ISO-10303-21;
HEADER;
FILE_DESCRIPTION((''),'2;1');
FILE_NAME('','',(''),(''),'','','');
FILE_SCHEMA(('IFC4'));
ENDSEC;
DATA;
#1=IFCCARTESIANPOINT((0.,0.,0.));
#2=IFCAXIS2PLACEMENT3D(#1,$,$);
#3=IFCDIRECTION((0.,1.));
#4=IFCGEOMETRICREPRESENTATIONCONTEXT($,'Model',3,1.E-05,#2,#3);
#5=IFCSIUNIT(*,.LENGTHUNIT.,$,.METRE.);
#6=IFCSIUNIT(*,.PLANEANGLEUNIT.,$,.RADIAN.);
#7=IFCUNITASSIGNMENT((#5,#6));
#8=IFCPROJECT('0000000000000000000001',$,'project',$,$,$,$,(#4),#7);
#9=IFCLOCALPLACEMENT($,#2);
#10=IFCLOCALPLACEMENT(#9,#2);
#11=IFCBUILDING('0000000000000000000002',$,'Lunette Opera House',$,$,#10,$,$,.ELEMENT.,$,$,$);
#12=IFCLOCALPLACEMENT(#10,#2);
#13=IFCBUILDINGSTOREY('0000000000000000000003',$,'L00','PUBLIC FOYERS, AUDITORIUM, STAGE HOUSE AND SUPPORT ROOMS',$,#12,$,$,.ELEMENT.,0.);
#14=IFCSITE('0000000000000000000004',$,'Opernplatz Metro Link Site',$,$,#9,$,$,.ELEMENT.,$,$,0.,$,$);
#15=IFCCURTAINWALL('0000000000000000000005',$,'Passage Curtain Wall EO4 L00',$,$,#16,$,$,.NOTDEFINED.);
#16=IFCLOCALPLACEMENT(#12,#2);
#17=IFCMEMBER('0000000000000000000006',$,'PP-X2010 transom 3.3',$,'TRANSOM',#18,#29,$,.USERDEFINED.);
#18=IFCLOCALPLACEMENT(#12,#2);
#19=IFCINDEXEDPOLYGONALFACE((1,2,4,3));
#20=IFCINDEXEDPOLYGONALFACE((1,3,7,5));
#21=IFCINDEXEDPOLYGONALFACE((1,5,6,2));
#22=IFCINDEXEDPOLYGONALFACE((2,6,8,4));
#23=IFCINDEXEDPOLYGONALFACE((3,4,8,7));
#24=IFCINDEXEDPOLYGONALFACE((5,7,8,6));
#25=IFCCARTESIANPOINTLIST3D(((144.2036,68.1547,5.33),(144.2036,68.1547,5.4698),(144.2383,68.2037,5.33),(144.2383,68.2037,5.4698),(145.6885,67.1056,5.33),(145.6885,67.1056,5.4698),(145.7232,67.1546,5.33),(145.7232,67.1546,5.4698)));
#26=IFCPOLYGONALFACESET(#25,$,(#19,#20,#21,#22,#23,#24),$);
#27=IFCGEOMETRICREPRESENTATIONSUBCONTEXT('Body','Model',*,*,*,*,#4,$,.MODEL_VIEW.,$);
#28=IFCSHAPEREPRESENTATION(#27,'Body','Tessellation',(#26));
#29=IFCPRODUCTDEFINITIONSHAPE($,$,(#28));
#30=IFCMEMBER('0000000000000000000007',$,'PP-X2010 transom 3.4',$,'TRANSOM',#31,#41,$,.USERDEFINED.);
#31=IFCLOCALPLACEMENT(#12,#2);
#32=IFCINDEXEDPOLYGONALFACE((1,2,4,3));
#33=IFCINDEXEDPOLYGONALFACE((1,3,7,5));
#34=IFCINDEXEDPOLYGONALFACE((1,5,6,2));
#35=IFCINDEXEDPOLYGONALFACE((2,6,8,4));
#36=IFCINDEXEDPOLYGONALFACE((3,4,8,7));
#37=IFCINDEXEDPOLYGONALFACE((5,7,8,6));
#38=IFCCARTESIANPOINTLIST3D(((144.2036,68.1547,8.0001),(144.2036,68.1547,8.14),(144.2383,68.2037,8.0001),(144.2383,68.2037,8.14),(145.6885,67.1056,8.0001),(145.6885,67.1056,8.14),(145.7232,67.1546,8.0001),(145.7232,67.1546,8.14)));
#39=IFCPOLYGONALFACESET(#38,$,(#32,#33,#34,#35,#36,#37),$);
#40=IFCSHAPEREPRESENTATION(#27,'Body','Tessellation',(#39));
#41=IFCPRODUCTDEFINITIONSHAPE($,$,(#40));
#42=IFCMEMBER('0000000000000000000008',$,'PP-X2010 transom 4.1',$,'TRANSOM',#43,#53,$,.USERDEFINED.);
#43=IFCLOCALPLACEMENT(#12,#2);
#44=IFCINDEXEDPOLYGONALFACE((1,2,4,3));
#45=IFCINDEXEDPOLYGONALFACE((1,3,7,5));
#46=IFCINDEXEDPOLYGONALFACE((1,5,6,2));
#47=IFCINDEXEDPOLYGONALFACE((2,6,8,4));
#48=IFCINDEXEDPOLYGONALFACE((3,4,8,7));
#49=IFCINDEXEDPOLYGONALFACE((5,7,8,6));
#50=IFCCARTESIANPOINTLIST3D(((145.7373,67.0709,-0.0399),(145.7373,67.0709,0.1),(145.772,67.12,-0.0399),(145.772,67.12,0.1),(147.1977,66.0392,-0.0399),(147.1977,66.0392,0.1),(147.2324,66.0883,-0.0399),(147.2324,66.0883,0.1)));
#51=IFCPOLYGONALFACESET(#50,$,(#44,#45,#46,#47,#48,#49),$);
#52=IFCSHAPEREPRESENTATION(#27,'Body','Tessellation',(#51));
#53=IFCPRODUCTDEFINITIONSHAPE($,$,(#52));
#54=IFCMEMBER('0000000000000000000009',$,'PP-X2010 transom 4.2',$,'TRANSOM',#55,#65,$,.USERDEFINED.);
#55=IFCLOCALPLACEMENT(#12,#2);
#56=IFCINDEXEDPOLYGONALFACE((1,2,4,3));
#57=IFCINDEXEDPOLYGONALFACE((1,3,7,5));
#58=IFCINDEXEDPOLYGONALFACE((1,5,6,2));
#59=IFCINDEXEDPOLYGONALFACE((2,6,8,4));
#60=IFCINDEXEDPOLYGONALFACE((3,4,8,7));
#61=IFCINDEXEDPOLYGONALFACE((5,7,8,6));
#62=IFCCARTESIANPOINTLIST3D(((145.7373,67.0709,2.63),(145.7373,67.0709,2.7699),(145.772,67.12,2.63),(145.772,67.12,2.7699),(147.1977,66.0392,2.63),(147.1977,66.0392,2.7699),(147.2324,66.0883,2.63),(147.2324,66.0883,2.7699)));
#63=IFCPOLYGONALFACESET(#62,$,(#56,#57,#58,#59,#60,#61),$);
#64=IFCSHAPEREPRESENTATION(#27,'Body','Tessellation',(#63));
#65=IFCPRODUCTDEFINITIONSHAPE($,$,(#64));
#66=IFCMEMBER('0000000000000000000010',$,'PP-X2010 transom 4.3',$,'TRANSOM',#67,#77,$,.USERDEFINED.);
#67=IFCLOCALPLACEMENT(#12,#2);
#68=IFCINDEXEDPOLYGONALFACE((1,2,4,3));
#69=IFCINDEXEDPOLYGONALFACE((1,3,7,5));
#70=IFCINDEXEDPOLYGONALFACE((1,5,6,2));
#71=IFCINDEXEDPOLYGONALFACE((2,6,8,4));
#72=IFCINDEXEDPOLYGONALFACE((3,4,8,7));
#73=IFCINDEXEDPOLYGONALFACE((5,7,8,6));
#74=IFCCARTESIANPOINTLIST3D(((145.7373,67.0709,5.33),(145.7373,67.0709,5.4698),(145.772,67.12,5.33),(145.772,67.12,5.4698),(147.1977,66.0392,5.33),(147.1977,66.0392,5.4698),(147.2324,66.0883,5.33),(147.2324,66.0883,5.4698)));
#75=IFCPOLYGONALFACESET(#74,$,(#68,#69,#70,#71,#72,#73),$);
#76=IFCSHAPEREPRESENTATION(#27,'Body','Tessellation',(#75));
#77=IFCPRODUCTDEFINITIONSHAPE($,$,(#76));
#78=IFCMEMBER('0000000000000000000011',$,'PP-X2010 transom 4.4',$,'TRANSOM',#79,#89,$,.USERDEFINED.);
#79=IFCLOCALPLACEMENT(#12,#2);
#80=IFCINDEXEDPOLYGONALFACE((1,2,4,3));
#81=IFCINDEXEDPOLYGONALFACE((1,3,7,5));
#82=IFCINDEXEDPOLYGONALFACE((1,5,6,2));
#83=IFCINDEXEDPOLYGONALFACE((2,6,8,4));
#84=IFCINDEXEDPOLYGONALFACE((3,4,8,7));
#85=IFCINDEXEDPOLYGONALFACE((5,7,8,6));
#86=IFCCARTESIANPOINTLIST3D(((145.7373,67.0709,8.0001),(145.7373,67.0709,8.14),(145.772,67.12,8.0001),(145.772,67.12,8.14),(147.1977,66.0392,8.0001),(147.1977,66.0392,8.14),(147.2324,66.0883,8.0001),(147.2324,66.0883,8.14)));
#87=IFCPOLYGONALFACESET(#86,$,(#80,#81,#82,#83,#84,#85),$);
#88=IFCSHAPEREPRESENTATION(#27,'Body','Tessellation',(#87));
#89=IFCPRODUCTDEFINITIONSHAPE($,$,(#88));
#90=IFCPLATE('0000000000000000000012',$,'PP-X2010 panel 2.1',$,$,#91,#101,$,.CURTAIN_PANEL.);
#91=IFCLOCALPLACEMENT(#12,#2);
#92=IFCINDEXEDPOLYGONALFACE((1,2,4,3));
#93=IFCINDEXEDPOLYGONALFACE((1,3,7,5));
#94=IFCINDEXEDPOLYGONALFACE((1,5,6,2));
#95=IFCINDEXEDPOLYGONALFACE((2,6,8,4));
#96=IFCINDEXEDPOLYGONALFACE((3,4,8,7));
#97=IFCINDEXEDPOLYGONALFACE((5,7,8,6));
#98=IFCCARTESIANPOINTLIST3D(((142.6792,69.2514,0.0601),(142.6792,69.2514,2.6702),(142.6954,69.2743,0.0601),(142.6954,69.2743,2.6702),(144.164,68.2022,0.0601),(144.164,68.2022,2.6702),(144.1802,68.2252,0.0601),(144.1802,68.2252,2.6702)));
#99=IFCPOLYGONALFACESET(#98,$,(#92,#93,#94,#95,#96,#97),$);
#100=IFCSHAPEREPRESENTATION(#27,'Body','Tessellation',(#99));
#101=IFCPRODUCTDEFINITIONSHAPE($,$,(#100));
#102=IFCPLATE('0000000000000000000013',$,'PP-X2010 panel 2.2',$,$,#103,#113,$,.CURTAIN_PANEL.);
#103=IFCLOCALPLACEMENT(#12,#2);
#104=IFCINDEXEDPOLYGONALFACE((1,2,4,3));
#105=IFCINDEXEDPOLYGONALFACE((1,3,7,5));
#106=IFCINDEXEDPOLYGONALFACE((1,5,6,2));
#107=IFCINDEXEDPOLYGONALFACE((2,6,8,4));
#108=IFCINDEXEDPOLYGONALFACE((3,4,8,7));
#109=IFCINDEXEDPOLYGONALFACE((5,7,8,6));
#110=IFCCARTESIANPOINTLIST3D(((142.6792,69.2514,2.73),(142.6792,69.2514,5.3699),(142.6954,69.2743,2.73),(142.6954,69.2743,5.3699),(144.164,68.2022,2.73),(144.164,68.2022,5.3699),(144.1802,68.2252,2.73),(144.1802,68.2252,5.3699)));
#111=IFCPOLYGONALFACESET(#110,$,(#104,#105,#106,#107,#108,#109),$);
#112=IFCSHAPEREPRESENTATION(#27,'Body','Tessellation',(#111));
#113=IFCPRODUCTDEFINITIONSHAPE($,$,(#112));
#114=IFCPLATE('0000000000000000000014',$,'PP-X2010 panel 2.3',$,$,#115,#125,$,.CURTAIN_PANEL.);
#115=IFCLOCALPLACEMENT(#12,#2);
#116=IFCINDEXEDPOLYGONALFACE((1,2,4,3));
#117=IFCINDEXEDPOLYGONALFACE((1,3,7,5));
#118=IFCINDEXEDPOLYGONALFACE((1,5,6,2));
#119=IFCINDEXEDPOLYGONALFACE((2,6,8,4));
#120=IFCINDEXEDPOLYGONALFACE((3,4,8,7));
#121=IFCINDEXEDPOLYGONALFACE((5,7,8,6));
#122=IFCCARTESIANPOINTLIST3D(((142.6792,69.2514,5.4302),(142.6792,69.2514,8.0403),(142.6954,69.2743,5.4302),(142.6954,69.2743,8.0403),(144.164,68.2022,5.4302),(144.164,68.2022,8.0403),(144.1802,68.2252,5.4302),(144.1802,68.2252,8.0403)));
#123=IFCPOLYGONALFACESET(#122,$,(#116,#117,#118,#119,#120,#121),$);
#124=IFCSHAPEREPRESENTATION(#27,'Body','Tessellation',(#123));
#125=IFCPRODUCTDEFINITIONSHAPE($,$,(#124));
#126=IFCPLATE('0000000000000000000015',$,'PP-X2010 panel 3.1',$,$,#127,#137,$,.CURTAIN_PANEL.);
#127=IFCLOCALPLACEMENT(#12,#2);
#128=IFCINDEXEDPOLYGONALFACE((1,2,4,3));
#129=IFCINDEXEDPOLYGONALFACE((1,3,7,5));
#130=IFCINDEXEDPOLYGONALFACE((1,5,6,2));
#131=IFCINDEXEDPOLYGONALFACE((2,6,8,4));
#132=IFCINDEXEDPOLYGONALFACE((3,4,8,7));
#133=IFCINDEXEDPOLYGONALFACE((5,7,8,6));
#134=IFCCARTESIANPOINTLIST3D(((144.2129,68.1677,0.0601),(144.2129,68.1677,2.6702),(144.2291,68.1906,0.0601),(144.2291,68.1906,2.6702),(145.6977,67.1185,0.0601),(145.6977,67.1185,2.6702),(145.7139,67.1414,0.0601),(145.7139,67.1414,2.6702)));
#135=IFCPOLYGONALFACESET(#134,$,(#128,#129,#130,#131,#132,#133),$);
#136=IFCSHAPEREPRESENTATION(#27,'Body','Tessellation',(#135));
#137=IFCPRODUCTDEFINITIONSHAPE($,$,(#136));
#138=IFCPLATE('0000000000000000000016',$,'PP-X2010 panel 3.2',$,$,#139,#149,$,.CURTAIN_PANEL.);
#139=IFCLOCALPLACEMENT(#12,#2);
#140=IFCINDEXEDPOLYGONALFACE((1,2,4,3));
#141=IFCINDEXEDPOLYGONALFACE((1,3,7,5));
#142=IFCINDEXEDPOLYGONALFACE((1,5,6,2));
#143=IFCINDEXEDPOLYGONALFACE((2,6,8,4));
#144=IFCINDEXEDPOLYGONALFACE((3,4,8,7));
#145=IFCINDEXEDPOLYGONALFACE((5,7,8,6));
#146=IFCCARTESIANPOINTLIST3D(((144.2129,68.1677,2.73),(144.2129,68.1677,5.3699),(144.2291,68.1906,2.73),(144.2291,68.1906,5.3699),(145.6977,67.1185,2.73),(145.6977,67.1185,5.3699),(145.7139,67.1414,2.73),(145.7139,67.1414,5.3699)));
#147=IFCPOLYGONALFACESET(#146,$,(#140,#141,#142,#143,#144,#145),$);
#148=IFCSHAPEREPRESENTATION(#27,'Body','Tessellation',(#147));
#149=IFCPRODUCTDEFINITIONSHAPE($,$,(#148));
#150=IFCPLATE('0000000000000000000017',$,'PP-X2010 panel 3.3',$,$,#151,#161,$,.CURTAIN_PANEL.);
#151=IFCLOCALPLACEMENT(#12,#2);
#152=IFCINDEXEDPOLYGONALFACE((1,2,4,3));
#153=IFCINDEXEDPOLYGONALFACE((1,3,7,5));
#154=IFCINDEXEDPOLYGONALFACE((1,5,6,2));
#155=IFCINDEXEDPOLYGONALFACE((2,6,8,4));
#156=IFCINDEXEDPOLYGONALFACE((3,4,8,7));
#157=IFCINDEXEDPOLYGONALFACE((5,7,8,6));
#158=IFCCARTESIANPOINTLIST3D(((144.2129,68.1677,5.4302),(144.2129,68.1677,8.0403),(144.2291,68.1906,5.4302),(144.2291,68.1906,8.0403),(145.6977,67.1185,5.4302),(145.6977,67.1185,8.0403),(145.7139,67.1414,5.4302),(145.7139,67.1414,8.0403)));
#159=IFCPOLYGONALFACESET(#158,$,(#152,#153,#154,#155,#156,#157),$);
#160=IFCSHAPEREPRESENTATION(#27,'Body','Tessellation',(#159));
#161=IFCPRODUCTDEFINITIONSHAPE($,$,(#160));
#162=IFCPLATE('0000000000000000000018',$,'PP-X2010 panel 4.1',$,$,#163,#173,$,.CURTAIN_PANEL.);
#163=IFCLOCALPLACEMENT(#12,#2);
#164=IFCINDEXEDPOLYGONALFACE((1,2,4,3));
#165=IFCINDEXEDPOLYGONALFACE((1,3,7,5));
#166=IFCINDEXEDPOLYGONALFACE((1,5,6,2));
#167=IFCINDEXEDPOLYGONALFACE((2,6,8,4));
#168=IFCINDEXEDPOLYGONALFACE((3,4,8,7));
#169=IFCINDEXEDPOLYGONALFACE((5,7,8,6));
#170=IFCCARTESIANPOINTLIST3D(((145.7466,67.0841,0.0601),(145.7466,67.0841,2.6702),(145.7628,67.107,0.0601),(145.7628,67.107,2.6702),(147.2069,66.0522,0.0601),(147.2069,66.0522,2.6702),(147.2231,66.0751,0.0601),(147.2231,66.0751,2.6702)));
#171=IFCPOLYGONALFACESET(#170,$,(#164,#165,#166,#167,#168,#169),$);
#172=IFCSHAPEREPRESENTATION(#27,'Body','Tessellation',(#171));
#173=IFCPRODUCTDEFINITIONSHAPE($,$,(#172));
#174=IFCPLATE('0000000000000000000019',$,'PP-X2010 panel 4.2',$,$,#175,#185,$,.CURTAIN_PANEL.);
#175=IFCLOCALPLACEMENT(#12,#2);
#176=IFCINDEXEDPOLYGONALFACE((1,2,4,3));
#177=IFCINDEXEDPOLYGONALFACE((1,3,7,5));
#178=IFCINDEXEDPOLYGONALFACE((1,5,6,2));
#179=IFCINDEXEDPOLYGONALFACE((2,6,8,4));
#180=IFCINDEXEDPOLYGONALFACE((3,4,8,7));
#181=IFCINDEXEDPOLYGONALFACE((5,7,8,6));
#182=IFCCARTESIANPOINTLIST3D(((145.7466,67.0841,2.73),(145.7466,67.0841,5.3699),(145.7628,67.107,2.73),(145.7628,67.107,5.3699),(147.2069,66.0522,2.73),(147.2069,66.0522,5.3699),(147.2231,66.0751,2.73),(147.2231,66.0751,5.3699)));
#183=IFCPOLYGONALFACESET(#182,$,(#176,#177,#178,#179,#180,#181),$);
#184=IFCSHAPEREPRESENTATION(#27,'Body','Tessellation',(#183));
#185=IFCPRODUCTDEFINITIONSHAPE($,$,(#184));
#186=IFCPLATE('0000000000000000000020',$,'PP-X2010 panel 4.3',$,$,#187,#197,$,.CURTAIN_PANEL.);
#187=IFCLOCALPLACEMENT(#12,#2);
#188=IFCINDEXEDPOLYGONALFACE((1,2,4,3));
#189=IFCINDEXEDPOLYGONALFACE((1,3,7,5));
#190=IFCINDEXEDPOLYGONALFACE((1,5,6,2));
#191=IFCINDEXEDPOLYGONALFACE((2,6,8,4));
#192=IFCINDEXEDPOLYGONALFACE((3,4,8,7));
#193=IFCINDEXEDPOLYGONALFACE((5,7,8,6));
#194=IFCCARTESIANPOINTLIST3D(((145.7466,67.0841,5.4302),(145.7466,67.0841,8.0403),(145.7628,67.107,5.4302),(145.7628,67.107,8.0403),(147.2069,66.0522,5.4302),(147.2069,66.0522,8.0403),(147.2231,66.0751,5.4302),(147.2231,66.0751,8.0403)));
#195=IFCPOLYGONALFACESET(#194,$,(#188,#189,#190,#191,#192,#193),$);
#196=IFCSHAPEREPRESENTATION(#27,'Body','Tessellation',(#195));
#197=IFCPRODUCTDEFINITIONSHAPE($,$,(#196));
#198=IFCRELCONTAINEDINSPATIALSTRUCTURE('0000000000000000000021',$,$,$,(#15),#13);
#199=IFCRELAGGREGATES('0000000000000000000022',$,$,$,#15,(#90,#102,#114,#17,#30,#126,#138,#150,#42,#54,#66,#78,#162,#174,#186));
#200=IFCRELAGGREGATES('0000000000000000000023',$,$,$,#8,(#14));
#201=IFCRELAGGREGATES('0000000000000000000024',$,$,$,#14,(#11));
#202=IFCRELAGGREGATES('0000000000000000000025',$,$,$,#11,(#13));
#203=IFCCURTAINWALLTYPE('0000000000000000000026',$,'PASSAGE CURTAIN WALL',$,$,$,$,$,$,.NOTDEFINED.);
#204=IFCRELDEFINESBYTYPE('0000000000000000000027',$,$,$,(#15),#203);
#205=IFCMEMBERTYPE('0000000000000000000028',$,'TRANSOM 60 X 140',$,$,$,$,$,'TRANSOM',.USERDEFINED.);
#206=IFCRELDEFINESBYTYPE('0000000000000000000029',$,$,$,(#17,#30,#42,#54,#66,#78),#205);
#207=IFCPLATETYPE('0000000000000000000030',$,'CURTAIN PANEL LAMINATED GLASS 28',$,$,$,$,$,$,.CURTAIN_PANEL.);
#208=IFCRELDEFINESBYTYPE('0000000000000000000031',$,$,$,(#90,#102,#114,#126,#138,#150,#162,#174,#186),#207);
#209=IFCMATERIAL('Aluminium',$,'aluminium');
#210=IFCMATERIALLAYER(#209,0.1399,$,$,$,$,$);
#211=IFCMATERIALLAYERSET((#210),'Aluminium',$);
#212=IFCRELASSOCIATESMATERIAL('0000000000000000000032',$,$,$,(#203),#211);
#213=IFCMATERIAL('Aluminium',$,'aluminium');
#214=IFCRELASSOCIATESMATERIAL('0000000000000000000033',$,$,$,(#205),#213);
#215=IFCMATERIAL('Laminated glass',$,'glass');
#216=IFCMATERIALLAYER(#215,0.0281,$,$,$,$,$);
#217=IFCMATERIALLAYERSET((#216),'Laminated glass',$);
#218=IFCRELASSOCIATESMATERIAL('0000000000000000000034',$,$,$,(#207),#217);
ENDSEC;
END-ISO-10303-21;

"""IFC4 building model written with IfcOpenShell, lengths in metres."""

from ifc_helpers import new_model, si_unit, direction, frame, origin, origin_2d, place, context, subcontext, project, spatial, rectangle, extrude, material, layer, layer_set, material_profile, profile_set, type_object, element, aggregate, save


model = new_model("IFC4")

# Units and contexts
model_context = context("Model", 3, precision=1e-05, world=origin(), true_north=direction((0.0, 1.0)))
body_context = subcontext(model_context, "Body", "Model", "MODEL_VIEW")
ifc_project = project(units=[si_unit("LENGTHUNIT", "METRE"), si_unit("PLANEANGLEUNIT", "RADIAN")], contexts=[model_context])

# Site, building, storey
site_placement = place(None, origin())
site = spatial("IfcSite", under=ifc_project, at=site_placement, Name="Opernplatz Metro Link Site", CompositionType="ELEMENT", RefElevation=0.0)
building_placement = place(site_placement, origin())
building = spatial("IfcBuilding", under=site, at=building_placement, Name="Lunette Opera House", CompositionType="ELEMENT")
storey_placement = place(building_placement, origin())
storey = spatial("IfcBuildingStorey", under=building, at=storey_placement, Name="L00", Description="PUBLIC FOYERS, AUDITORIUM, STAGE HOUSE AND SUPPORT ROOMS", CompositionType="ELEMENT", Elevation=0.0)

# Curtain wall
ifc_material_1 = material(Name="Aluminium", Category="aluminium")
ifc_layer_1 = layer(ifc_material_1, 0.1399)
ifc_layer_set_1 = layer_set([ifc_layer_1], Name="Aluminium")
curtain_wall_type = type_object("IfcCurtainWallType", Name="PASSAGE CURTAIN WALL", PredefinedType="NOTDEFINED", material=ifc_layer_set_1)
curtain_wall_placement = place(storey_placement, origin())
curtain_wall = element("IfcCurtainWall", 1, at=curtain_wall_placement, inside=storey, type_object=curtain_wall_type, Name="Passage Curtain Wall EO4 L00", PredefinedType="NOTDEFINED")

# Members
ifc_material_2 = material(Name="Aluminium", Category="aluminium")
ifc_material_profile_1 = material_profile(ifc_material_2, rectangle(XDim=0.0601, YDim=0.1399, at=origin_2d()), Name="TRANSOM 60 X 140")
ifc_profile_set_1 = profile_set([ifc_material_profile_1], Name="Aluminium")
member_type_1 = type_object("IfcMemberType", Name="TRANSOM 60 X 140", ElementType="TRANSOM", PredefinedType="USERDEFINED", material=ifc_profile_set_1)
member_1_placement = place(storey_placement, frame((144.2209, 68.1792, 5.3999), z_axis=(0.816726, -0.577026, 0.0), x_axis=(0.577026, 0.816726, 0.0)))
member_1 = element("IfcMember", 2, at=member_1_placement, type_object=member_type_1, Name="PP-X2010 transom 3.3", ObjectType="TRANSOM", PredefinedType="USERDEFINED", context=body_context, shape_type="SweptSolid", body=[
    extrude(rectangle(XDim=0.0601, YDim=0.1399, at=origin_2d()), origin(), (0.0, 0.0, 1.0), 1.8181),
])
member_2_placement = place(storey_placement, frame((144.2209, 68.1792, 8.0701), z_axis=(0.816726, -0.577026, 0.0), x_axis=(0.577026, 0.816726, 0.0)))
member_2 = element("IfcMember", 3, at=member_2_placement, type_object=member_type_1, Name="PP-X2010 transom 3.4", ObjectType="TRANSOM", PredefinedType="USERDEFINED", context=body_context, shape_type="SweptSolid", body=[
    extrude(rectangle(XDim=0.0601, YDim=0.1399, at=origin_2d()), origin(), (0.0, 0.0, 1.0), 1.8181),
])
member_3_placement = place(storey_placement, frame((145.7546, 67.0955, 0.03), z_axis=(0.816748, -0.576994, 0.0), x_axis=(0.576994, 0.816748, 0.0)))
member_3 = element("IfcMember", 4, at=member_3_placement, type_object=member_type_1, Name="PP-X2010 transom 4.1", ObjectType="TRANSOM", PredefinedType="USERDEFINED", context=body_context, shape_type="SweptSolid", body=[
    extrude(rectangle(XDim=0.0601, YDim=0.1399, at=origin_2d()), origin(), (0.0, 0.0, 1.0), 1.7881),
])
member_4_placement = place(storey_placement, frame((145.7546, 67.0955, 2.7), z_axis=(0.816748, -0.576994, 0.0), x_axis=(0.576994, 0.816748, 0.0)))
member_4 = element("IfcMember", 5, at=member_4_placement, type_object=member_type_1, Name="PP-X2010 transom 4.2", ObjectType="TRANSOM", PredefinedType="USERDEFINED", context=body_context, shape_type="SweptSolid", body=[
    extrude(rectangle(XDim=0.0601, YDim=0.1399, at=origin_2d()), origin(), (0.0, 0.0, 1.0), 1.7881),
])
member_5_placement = place(storey_placement, frame((145.7546, 67.0955, 5.3999), z_axis=(0.816748, -0.576994, 0.0), x_axis=(0.576994, 0.816748, 0.0)))
member_5 = element("IfcMember", 6, at=member_5_placement, type_object=member_type_1, Name="PP-X2010 transom 4.3", ObjectType="TRANSOM", PredefinedType="USERDEFINED", context=body_context, shape_type="SweptSolid", body=[
    extrude(rectangle(XDim=0.0601, YDim=0.1399, at=origin_2d()), origin(), (0.0, 0.0, 1.0), 1.7881),
])
member_6_placement = place(storey_placement, frame((145.7546, 67.0955, 8.0701), z_axis=(0.816748, -0.576994, 0.0), x_axis=(0.576994, 0.816748, 0.0)))
member_6 = element("IfcMember", 7, at=member_6_placement, type_object=member_type_1, Name="PP-X2010 transom 4.4", ObjectType="TRANSOM", PredefinedType="USERDEFINED", context=body_context, shape_type="SweptSolid", body=[
    extrude(rectangle(XDim=0.0601, YDim=0.1399, at=origin_2d()), origin(), (0.0, 0.0, 1.0), 1.7881),
])

# Plates
ifc_material_3 = material(Name="Laminated glass", Category="glass")
ifc_layer_2 = layer(ifc_material_3, 0.0281)
ifc_layer_set_2 = layer_set([ifc_layer_2], Name="Laminated glass")
plate_type_1 = type_object("IfcPlateType", Name="CURTAIN PANEL LAMINATED GLASS 28", PredefinedType="CURTAIN_PANEL", material=ifc_layer_set_2)
plate_1_placement = place(storey_placement, frame((143.4297, 68.7383, 0.0601), z_axis=(0.0, 0.0, 1.0), x_axis=(0.816691, -0.577075, 0.0)))
plate_1 = element("IfcPlate", 8, at=plate_1_placement, type_object=plate_type_1, Name="PP-X2010 panel 2.1", PredefinedType="CURTAIN_PANEL", context=body_context, shape_type="SweptSolid", body=[
    extrude(rectangle(XDim=1.8181, YDim=0.0281, at=origin_2d()), origin(), (0.0, 0.0, 1.0), 2.6101),
])
plate_2_placement = place(storey_placement, frame((143.4297, 68.7383, 2.73), z_axis=(0.0, 0.0, 1.0), x_axis=(0.816691, -0.577075, 0.0)))
plate_2 = element("IfcPlate", 9, at=plate_2_placement, type_object=plate_type_1, Name="PP-X2010 panel 2.2", PredefinedType="CURTAIN_PANEL", context=body_context, shape_type="SweptSolid", body=[
    extrude(rectangle(XDim=1.8181, YDim=0.0281, at=origin_2d()), origin(), (0.0, 0.0, 1.0), 2.6399),
])
plate_3_placement = place(storey_placement, frame((143.4297, 68.7383, 5.4302), z_axis=(0.0, 0.0, 1.0), x_axis=(0.816691, -0.577075, 0.0)))
plate_3 = element("IfcPlate", 10, at=plate_3_placement, type_object=plate_type_1, Name="PP-X2010 panel 2.3", PredefinedType="CURTAIN_PANEL", context=body_context, shape_type="SweptSolid", body=[
    extrude(rectangle(XDim=1.8181, YDim=0.0281, at=origin_2d()), origin(), (0.0, 0.0, 1.0), 2.6101),
])
plate_4_placement = place(storey_placement, frame((144.9634, 67.6545, 0.0601), z_axis=(0.0, 0.0, 1.0), x_axis=(0.816691, -0.577075, 0.0)))
plate_4 = element("IfcPlate", 11, at=plate_4_placement, type_object=plate_type_1, Name="PP-X2010 panel 3.1", PredefinedType="CURTAIN_PANEL", context=body_context, shape_type="SweptSolid", body=[
    extrude(rectangle(XDim=1.8181, YDim=0.0281, at=origin_2d()), origin(), (0.0, 0.0, 1.0), 2.6101),
])
plate_5_placement = place(storey_placement, frame((144.9634, 67.6545, 2.73), z_axis=(0.0, 0.0, 1.0), x_axis=(0.816691, -0.577075, 0.0)))
plate_5 = element("IfcPlate", 12, at=plate_5_placement, type_object=plate_type_1, Name="PP-X2010 panel 3.2", PredefinedType="CURTAIN_PANEL", context=body_context, shape_type="SweptSolid", body=[
    extrude(rectangle(XDim=1.8181, YDim=0.0281, at=origin_2d()), origin(), (0.0, 0.0, 1.0), 2.6399),
])
plate_6_placement = place(storey_placement, frame((144.9634, 67.6545, 5.4302), z_axis=(0.0, 0.0, 1.0), x_axis=(0.816691, -0.577075, 0.0)))
plate_6 = element("IfcPlate", 13, at=plate_6_placement, type_object=plate_type_1, Name="PP-X2010 panel 3.3", PredefinedType="CURTAIN_PANEL", context=body_context, shape_type="SweptSolid", body=[
    extrude(rectangle(XDim=1.8181, YDim=0.0281, at=origin_2d()), origin(), (0.0, 0.0, 1.0), 2.6101),
])
plate_7_placement = place(storey_placement, frame((146.4849, 66.5796, 0.0601), z_axis=(0.0, 0.0, 1.0), x_axis=(0.816691, -0.577075, 0.0)))
plate_7 = element("IfcPlate", 14, at=plate_7_placement, type_object=plate_type_1, Name="PP-X2010 panel 4.1", PredefinedType="CURTAIN_PANEL", context=body_context, shape_type="SweptSolid", body=[
    extrude(rectangle(XDim=1.7881, YDim=0.0281, at=origin_2d()), origin(), (0.0, 0.0, 1.0), 2.6101),
])
plate_8_placement = place(storey_placement, frame((146.4849, 66.5796, 2.73), z_axis=(0.0, 0.0, 1.0), x_axis=(0.816691, -0.577075, 0.0)))
plate_8 = element("IfcPlate", 15, at=plate_8_placement, type_object=plate_type_1, Name="PP-X2010 panel 4.2", PredefinedType="CURTAIN_PANEL", context=body_context, shape_type="SweptSolid", body=[
    extrude(rectangle(XDim=1.7881, YDim=0.0281, at=origin_2d()), origin(), (0.0, 0.0, 1.0), 2.6399),
])
plate_9_placement = place(storey_placement, frame((146.4849, 66.5796, 5.4302), z_axis=(0.0, 0.0, 1.0), x_axis=(0.816691, -0.577075, 0.0)))
plate_9 = element("IfcPlate", 16, at=plate_9_placement, type_object=plate_type_1, Name="PP-X2010 panel 4.3", PredefinedType="CURTAIN_PANEL", context=body_context, shape_type="SweptSolid", body=[
    extrude(rectangle(XDim=1.7881, YDim=0.0281, at=origin_2d()), origin(), (0.0, 0.0, 1.0), 2.6101),
])
aggregate(curtain_wall, [plate_1, plate_2, plate_3, member_1, member_2, plate_4, plate_5, plate_6, member_3, member_4, member_5, member_6, plate_7, plate_8, plate_9])

save(model, "model.ifc")
